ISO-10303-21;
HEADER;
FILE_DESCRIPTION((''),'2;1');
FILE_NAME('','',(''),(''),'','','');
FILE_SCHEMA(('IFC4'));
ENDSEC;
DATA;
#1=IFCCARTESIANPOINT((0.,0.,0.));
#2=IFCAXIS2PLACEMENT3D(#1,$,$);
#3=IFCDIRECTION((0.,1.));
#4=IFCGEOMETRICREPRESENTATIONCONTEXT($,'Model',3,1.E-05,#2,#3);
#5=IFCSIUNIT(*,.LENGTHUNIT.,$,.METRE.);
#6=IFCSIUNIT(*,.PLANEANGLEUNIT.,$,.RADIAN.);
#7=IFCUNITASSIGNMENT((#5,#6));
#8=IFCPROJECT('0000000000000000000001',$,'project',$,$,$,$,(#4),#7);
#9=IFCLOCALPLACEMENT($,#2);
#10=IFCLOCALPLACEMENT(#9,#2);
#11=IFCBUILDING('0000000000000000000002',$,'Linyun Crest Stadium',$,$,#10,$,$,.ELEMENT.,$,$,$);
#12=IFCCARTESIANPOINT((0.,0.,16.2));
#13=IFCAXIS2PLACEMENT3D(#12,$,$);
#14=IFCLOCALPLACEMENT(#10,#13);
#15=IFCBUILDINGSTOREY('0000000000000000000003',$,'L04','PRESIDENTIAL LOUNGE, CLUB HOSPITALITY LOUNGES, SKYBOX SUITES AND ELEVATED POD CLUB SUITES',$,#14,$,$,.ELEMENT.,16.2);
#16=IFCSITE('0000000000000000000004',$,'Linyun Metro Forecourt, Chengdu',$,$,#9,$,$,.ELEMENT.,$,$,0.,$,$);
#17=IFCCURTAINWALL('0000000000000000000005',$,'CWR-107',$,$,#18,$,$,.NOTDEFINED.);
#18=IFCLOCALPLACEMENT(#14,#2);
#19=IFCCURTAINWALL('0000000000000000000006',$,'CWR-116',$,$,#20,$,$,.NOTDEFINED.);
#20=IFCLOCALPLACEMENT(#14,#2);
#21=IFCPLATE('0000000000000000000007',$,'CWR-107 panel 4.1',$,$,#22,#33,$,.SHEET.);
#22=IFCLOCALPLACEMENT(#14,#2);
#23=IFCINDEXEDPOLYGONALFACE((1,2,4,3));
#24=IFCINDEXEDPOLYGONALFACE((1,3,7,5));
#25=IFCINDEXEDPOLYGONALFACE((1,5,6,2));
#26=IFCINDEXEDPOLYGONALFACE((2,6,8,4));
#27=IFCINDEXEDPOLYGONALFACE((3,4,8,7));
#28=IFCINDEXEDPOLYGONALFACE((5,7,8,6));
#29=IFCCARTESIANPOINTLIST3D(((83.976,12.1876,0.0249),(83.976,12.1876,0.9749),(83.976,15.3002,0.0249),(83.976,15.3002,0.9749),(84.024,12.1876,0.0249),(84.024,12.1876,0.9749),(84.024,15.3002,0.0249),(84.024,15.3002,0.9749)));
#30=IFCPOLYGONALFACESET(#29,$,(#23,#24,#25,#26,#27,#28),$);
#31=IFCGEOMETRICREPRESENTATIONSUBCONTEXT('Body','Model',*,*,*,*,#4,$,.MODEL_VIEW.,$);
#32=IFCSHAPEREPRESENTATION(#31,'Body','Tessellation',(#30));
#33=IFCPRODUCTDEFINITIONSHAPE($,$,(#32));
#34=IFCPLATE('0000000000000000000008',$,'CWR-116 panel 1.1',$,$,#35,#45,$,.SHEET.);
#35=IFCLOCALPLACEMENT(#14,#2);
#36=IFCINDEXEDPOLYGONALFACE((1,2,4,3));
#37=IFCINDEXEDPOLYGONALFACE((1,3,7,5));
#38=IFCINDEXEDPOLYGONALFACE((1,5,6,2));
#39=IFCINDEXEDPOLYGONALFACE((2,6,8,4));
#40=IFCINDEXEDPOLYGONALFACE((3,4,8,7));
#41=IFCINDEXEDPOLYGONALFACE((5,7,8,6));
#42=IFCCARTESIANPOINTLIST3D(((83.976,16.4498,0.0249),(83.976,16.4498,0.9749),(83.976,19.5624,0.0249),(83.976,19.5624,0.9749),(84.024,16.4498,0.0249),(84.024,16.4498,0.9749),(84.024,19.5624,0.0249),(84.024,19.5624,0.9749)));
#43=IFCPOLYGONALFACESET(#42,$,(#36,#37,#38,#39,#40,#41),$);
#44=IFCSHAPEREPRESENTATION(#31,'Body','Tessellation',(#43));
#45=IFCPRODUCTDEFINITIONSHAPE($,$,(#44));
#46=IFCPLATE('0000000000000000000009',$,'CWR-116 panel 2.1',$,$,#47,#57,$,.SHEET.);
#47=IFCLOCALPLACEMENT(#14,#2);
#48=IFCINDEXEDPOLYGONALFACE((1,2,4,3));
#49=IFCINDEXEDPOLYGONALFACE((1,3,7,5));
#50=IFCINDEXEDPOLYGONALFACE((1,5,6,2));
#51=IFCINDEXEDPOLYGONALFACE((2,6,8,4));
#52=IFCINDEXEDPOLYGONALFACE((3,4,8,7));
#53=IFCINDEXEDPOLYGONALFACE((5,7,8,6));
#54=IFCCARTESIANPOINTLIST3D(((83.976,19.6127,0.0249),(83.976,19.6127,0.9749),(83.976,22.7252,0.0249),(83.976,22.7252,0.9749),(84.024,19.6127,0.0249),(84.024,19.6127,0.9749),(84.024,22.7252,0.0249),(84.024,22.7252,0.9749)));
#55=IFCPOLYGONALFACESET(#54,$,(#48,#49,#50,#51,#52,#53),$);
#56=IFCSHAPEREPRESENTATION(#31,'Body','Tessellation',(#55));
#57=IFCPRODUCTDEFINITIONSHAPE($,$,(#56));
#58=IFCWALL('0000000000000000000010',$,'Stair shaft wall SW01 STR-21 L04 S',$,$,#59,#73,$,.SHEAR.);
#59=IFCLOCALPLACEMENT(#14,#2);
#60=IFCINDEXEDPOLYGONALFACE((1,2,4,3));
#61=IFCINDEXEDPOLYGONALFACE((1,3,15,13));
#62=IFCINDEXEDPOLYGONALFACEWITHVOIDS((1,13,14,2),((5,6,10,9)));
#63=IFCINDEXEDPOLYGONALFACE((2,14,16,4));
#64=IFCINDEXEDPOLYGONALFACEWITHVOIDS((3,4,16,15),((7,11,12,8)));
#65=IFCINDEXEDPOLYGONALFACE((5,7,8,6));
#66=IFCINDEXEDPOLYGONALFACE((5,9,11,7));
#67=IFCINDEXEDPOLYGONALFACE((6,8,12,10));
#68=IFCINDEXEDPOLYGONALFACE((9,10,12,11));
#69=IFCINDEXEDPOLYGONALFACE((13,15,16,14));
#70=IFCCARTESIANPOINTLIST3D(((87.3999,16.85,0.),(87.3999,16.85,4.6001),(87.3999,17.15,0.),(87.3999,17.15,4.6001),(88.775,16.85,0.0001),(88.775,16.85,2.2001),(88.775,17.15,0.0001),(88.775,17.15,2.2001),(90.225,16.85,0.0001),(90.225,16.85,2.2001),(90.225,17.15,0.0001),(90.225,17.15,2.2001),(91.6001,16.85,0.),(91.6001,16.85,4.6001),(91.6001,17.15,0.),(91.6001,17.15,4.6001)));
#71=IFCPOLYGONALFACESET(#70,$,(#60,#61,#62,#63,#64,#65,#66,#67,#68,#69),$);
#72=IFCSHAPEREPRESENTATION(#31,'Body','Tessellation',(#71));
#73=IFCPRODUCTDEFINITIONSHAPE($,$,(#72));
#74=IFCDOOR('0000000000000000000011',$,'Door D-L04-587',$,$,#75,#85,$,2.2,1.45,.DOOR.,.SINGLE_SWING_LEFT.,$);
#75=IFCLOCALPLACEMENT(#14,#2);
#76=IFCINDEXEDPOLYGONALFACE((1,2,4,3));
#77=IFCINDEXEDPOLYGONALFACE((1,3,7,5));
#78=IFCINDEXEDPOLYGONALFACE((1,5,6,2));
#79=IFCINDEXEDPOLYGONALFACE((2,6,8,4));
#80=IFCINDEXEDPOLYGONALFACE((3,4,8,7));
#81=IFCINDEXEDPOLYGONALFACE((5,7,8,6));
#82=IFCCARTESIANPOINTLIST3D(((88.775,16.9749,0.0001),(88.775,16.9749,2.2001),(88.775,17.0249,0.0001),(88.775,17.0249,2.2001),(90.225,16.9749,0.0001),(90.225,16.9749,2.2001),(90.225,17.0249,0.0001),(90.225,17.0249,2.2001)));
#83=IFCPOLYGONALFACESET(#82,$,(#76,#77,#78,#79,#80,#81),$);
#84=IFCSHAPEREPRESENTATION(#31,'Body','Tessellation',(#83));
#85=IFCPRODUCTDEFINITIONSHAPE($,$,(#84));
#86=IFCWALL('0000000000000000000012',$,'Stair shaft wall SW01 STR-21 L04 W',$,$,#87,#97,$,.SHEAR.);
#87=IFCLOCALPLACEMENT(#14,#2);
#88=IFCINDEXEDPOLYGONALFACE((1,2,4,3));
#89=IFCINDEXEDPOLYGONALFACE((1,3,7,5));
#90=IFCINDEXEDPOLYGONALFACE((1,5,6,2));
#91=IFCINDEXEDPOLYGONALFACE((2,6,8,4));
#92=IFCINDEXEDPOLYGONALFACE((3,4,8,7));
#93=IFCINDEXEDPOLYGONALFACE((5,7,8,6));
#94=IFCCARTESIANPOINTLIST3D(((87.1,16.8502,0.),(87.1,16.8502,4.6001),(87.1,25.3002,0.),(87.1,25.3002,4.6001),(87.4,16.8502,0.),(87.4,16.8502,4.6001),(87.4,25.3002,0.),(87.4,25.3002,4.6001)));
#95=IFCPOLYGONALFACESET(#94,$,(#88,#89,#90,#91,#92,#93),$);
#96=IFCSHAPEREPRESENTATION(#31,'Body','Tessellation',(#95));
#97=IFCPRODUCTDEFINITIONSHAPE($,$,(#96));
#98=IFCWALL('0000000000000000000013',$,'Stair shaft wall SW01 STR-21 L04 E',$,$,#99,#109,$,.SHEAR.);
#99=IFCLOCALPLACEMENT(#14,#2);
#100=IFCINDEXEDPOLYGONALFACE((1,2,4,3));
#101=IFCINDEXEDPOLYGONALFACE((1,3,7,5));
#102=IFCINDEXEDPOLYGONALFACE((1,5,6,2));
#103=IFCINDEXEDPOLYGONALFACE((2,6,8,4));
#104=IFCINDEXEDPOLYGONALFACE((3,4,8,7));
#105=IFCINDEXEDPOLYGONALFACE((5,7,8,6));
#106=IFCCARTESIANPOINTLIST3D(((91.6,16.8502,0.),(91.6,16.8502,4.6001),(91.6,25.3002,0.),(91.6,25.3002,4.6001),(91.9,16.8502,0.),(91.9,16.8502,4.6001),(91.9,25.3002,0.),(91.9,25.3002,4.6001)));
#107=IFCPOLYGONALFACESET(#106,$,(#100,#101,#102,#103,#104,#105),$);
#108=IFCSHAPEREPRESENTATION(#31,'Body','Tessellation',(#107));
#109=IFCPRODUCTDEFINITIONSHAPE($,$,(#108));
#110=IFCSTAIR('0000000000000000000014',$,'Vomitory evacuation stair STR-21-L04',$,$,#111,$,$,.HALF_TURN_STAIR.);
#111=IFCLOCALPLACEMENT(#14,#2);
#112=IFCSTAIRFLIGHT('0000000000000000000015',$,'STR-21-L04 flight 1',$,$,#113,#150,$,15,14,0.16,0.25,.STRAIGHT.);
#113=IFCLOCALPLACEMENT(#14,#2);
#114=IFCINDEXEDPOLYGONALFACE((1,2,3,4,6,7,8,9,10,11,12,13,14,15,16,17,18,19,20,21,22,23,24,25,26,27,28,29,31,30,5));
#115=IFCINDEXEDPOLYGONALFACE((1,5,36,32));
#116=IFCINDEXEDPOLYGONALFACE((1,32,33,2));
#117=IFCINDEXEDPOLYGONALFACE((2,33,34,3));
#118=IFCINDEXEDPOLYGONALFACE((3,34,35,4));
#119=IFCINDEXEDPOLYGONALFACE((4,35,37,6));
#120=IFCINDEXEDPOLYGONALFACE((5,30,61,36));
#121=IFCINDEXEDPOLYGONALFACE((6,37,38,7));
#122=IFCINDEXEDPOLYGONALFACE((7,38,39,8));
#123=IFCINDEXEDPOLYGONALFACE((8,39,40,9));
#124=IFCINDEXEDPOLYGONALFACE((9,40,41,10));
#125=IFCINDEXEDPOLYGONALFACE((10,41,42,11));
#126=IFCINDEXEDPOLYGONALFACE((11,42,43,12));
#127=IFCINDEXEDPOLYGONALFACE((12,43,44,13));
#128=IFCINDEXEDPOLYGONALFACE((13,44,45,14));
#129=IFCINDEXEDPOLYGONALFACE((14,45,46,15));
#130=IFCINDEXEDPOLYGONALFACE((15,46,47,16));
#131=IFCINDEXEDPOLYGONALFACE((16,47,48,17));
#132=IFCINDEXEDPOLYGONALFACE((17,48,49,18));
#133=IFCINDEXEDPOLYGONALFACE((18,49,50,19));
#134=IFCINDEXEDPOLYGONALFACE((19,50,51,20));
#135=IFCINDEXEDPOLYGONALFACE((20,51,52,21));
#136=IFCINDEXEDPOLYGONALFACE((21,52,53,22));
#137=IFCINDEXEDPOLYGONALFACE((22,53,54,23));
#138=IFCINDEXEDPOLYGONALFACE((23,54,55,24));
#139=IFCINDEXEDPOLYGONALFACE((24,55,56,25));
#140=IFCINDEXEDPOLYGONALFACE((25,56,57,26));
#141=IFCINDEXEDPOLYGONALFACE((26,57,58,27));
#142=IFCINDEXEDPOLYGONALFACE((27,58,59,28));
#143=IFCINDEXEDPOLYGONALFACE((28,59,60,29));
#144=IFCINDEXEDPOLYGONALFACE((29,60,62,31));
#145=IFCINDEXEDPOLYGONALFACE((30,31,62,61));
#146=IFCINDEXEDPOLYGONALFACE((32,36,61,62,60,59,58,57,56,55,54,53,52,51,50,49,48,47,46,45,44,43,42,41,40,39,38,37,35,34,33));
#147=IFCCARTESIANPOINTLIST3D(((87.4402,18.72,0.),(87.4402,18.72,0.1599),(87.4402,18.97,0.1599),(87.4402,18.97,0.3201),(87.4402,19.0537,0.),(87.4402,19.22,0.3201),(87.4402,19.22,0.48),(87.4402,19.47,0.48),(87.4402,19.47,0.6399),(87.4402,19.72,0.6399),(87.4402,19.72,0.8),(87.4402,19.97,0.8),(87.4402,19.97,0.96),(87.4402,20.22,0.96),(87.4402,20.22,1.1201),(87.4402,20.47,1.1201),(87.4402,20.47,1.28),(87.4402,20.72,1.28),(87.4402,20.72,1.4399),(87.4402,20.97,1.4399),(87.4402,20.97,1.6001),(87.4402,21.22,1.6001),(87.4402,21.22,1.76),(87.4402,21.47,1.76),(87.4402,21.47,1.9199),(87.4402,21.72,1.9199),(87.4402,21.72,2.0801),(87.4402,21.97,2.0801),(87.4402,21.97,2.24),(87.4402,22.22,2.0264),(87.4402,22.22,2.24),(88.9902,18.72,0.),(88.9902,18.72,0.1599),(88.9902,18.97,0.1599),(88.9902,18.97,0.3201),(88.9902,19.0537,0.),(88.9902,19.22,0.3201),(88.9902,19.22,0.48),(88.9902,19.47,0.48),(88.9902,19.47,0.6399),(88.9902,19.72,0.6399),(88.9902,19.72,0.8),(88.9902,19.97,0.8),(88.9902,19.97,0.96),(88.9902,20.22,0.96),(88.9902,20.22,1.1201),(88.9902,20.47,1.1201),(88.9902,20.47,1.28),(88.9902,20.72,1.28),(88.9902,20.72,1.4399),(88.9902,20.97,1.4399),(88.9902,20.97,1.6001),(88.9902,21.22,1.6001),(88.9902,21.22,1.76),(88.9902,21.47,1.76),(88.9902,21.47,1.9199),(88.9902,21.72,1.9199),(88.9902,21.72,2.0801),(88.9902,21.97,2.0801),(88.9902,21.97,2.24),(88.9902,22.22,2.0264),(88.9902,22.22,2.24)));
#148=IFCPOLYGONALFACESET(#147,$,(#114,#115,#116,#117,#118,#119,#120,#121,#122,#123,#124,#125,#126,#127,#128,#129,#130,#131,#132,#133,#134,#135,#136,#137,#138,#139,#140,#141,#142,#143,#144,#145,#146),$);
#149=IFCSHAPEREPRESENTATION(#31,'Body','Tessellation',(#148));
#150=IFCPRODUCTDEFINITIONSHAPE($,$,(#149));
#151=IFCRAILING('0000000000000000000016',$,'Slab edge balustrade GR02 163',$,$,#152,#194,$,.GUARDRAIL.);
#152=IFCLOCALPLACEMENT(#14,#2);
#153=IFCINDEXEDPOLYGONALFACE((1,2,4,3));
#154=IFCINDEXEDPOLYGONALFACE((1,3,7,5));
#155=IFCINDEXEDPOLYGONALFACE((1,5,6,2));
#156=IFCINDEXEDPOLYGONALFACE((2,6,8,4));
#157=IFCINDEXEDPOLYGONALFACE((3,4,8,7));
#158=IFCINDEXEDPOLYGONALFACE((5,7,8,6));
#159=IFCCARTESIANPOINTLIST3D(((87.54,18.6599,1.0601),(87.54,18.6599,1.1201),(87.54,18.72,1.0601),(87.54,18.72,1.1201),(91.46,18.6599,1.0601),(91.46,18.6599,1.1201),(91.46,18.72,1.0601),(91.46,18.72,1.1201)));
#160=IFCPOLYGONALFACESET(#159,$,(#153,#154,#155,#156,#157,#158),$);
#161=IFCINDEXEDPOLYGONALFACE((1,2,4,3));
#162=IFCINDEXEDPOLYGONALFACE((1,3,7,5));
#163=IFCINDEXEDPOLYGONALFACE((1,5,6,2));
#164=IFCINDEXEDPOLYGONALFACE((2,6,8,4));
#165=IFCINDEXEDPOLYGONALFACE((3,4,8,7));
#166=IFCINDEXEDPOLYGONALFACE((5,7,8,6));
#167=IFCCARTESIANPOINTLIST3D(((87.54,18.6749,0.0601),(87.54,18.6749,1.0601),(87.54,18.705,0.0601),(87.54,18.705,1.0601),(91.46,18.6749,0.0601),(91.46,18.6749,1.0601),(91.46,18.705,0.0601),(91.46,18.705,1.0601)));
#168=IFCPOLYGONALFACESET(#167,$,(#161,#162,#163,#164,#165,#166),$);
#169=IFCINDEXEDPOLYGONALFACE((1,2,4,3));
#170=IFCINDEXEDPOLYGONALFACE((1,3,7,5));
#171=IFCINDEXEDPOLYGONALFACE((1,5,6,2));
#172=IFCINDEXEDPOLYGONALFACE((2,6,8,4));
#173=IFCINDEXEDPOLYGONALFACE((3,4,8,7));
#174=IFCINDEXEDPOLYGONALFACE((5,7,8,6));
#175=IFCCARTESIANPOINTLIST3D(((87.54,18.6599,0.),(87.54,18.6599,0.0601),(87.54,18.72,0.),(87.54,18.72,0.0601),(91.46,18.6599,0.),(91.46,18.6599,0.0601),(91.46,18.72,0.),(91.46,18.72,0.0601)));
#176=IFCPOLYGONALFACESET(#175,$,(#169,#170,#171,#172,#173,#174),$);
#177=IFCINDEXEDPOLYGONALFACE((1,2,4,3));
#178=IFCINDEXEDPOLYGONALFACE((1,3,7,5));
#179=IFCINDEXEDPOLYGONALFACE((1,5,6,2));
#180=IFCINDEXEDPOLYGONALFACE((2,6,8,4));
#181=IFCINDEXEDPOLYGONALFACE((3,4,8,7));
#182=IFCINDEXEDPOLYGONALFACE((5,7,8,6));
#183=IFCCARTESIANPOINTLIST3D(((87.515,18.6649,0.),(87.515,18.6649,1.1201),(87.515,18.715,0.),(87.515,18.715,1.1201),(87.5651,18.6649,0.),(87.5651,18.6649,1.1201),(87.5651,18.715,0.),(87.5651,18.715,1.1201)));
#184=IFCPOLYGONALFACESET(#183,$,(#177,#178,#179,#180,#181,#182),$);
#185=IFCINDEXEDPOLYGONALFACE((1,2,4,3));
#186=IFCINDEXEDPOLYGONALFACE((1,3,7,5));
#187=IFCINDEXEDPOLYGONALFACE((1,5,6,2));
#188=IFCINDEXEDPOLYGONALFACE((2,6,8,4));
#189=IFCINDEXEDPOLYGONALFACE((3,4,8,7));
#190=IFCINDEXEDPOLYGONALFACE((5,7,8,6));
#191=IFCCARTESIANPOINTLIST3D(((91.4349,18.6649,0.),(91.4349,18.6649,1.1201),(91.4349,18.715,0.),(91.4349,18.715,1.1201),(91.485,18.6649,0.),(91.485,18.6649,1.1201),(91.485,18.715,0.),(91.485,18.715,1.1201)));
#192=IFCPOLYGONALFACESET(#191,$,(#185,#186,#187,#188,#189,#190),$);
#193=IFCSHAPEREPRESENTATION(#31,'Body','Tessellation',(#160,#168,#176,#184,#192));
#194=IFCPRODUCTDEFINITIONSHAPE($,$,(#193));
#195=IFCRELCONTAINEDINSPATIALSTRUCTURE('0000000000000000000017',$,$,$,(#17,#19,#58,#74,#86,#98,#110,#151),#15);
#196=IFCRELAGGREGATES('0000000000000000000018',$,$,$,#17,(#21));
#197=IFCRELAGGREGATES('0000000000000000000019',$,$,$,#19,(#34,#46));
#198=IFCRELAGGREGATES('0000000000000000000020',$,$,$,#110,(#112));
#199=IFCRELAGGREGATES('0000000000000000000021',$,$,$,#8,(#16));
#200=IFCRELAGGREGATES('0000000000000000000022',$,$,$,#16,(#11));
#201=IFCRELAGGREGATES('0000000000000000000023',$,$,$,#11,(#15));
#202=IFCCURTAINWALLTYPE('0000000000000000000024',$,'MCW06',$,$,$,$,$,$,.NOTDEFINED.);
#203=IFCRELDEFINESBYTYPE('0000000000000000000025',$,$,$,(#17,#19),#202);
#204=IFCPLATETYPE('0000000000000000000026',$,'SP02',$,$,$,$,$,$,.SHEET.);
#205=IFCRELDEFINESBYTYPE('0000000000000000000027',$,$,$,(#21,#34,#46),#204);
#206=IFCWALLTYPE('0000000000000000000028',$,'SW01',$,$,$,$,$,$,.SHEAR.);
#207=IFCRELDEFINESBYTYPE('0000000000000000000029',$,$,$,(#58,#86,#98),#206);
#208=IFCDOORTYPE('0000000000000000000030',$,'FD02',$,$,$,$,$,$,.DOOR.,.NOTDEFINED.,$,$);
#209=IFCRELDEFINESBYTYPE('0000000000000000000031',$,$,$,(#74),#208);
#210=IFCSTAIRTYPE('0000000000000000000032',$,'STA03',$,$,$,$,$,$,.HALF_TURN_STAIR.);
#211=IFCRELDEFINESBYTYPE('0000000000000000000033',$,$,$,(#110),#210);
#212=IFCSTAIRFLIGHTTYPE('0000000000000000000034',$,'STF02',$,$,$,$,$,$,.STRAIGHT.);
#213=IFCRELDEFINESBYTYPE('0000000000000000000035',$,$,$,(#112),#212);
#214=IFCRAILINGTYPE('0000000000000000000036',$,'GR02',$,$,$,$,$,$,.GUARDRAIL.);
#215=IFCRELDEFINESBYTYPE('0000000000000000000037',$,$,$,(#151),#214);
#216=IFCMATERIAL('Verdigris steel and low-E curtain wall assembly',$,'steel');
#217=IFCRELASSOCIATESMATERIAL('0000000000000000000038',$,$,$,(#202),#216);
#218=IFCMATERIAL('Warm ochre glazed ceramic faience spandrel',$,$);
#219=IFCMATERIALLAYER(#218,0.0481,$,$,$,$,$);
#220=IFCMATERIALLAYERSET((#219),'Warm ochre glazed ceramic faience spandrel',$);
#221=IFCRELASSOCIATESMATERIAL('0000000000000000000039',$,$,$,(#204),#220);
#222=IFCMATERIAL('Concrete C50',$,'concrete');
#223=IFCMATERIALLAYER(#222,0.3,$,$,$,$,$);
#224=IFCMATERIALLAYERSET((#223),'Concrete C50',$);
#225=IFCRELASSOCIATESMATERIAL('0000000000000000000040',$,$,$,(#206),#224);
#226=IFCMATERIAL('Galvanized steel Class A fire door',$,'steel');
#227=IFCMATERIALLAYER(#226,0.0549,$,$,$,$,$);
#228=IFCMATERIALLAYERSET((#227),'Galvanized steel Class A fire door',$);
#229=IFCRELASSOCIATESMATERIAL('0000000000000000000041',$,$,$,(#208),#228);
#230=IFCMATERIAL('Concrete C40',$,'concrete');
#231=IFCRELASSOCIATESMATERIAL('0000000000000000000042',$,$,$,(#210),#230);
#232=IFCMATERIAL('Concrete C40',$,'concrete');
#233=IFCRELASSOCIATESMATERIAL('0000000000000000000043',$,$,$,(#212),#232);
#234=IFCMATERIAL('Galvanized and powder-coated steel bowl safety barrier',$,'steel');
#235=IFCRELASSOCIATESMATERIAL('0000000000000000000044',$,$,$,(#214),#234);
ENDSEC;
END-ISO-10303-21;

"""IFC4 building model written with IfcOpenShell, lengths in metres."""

from ifc_helpers import new_model, si_unit, direction, frame, frame_2d, origin, origin_2d, place, context, subcontext, project, spatial, polyline, rectangle, outline, extrude, material, layer, layer_set, type_object, element, fill, aggregate, save


model = new_model("IFC4")

# Units and contexts
model_context = context("Model", 3, precision=1e-05, world=origin(), true_north=direction((0.0, 1.0)))
body_context = subcontext(model_context, "Body", "Model", "MODEL_VIEW")
ifc_project = project(units=[si_unit("LENGTHUNIT", "METRE"), si_unit("PLANEANGLEUNIT", "RADIAN")], contexts=[model_context])

# Site, building, storey
site_placement = place(None, origin())
site = spatial("IfcSite", under=ifc_project, at=site_placement, Name="Linyun Metro Forecourt, Chengdu", CompositionType="ELEMENT", RefElevation=0.0)
building_placement = place(site_placement, origin())
building = spatial("IfcBuilding", under=site, at=building_placement, Name="Linyun Crest Stadium", CompositionType="ELEMENT")
storey_placement = place(building_placement, frame((0.0, 0.0, 16.2)))
storey = spatial("IfcBuildingStorey", under=building, at=storey_placement, Name="L04", Description="PRESIDENTIAL LOUNGE, CLUB HOSPITALITY LOUNGES, SKYBOX SUITES AND ELEVATED POD CLUB SUITES", CompositionType="ELEMENT", Elevation=16.2)

# Curtain wall
ifc_material_1 = material(Name="Verdigris steel and low-E curtain wall assembly", Category="steel")
curtain_wall_type = type_object("IfcCurtainWallType", Name="MCW06", PredefinedType="NOTDEFINED", material=ifc_material_1)
curtain_wall_1_placement = place(storey_placement, origin())
curtain_wall_1 = element("IfcCurtainWall", 1, at=curtain_wall_1_placement, inside=storey, type_object=curtain_wall_type, Name="CWR-107", PredefinedType="NOTDEFINED")

# Curtain wall
curtain_wall_2_placement = place(storey_placement, origin())
curtain_wall_2 = element("IfcCurtainWall", 2, at=curtain_wall_2_placement, inside=storey, type_object=curtain_wall_type, Name="CWR-116", PredefinedType="NOTDEFINED")

# Plates
ifc_material_2 = material(Name="Warm ochre glazed ceramic faience spandrel")
ifc_layer_1 = layer(ifc_material_2, 0.0481)
ifc_layer_set_1 = layer_set([ifc_layer_1], Name="Warm ochre glazed ceramic faience spandrel")
plate_type_1 = type_object("IfcPlateType", Name="SP02", PredefinedType="SHEET", material=ifc_layer_set_1)
plate_1_placement = place(storey_placement, frame((84.0, 13.7439, 0.0249), z_axis=(0.0, 0.0, 1.0), x_axis=(0.0, 1.0, 0.0)))
plate_1 = element("IfcPlate", 3, at=plate_1_placement, type_object=plate_type_1, Name="CWR-107 panel 4.1", PredefinedType="SHEET", context=body_context, shape_type="SweptSolid", body=[
    extrude(rectangle(XDim=3.1125, YDim=0.0481, at=origin_2d()), origin(), (0.0, 0.0, 1.0), 0.95),
])
aggregate(curtain_wall_1, [plate_1])
plate_2_placement = place(storey_placement, frame((84.0, 18.0061, 0.0249), z_axis=(0.0, 0.0, 1.0), x_axis=(0.0, 1.0, 0.0)))
plate_2 = element("IfcPlate", 4, at=plate_2_placement, type_object=plate_type_1, Name="CWR-116 panel 1.1", PredefinedType="SHEET", context=body_context, shape_type="SweptSolid", body=[
    extrude(rectangle(XDim=3.1125, YDim=0.0481, at=origin_2d()), origin(), (0.0, 0.0, 1.0), 0.95),
])
plate_3_placement = place(storey_placement, frame((84.0, 21.1689, 0.0249), z_axis=(0.0, 0.0, 1.0), x_axis=(0.0, 1.0, 0.0)))
plate_3 = element("IfcPlate", 5, at=plate_3_placement, type_object=plate_type_1, Name="CWR-116 panel 2.1", PredefinedType="SHEET", context=body_context, shape_type="SweptSolid", body=[
    extrude(rectangle(XDim=3.1125, YDim=0.0481, at=origin_2d()), origin(), (0.0, 0.0, 1.0), 0.95),
])
aggregate(curtain_wall_2, [plate_2, plate_3])

# Wall, opening, door
ifc_material_3 = material(Name="Concrete C50", Category="concrete")
ifc_layer_2 = layer(ifc_material_3, 0.3)
ifc_layer_set_2 = layer_set([ifc_layer_2], Name="Concrete C50")
wall_type = type_object("IfcWallType", Name="SW01", PredefinedType="SHEAR", material=ifc_layer_set_2)
wall_placement = place(storey_placement, frame((87.3999, 17.0, 0.0), z_axis=(0.0, 0.0, 1.0), x_axis=(1.0, 0.0, 0.0)))
wall = element("IfcWall", 6, at=wall_placement, inside=storey, type_object=wall_type, Name="Stair shaft wall SW01 STR-21 L04 S", PredefinedType="SHEAR", context=body_context, shape_type="SweptSolid", body=[
    extrude(rectangle(XDim=4.2002, YDim=0.3, at=frame_2d((2.1001, 0.0))), origin(), (0.0, 0.0, 1.0), 4.6001),
])
opening_placement = place(wall_placement, frame((1.375, 0.0, 0.0)))
opening = element("IfcOpeningElement", 7, at=opening_placement, cuts=wall, PredefinedType="OPENING", context=body_context, shape_type="SweptSolid", body=[
    extrude(rectangle(XDim=1.45, YDim=2.2, at=frame_2d((0.7251, 1.1001))), frame((0.0, 0.1599, 0.0), z_axis=(0.0, -1.0, 0.0), x_axis=(1.0, 0.0, 0.0)), (0.0, 0.0, 1.0), 0.3201),
])
ifc_material_4 = material(Name="Galvanized steel Class A fire door", Category="steel")
ifc_layer_3 = layer(ifc_material_4, 0.0549)
ifc_layer_set_3 = layer_set([ifc_layer_3], Name="Galvanized steel Class A fire door")
door_type = type_object("IfcDoorType", Name="FD02", OperationType="NOTDEFINED", PredefinedType="DOOR", material=ifc_layer_set_3)
door_placement = place(opening_placement, origin())
door = element("IfcDoor", 8, at=door_placement, inside=storey, type_object=door_type, Name="Door D-L04-587", OperationType="SINGLE_SWING_LEFT", OverallHeight=2.2, OverallWidth=1.45, PredefinedType="DOOR", context=body_context, shape_type="SweptSolid", body=[
    extrude(rectangle(XDim=1.45, YDim=2.2, at=frame_2d((0.7251, 1.1001))), frame((0.0, 0.0249, 0.0), z_axis=(0.0, -1.0, 0.0), x_axis=(1.0, 0.0, 0.0)), (0.0, 0.0, 1.0), 0.05),
])
fill(opening, door)

# Walls
for number, where, z_axis, x_axis, name in (
    (9, (87.25, 16.8501, 0.0), (0.0, 0.0, 1.0), (0.0, 1.0, 0.0), "Stair shaft wall SW01 STR-21 L04 W"),
    (10, (91.75, 16.8501, 0.0), (0.0, 0.0, 1.0), (0.0, 1.0, 0.0), "Stair shaft wall SW01 STR-21 L04 E"),
):
    element("IfcWall", number, at=place(storey_placement, frame(where, z_axis=z_axis, x_axis=x_axis)), inside=storey, type_object=wall_type, Name=name, PredefinedType="SHEAR", context=body_context, shape_type="SweptSolid", body=[
        extrude(rectangle(XDim=8.45, YDim=0.3, at=frame_2d((4.2251, 0.0))), origin(), (0.0, 0.0, 1.0), 4.6001),
    ])

# Stair, stair flight
ifc_material_5 = material(Name="Concrete C40", Category="concrete")
stair_type = type_object("IfcStairType", Name="STA03", PredefinedType="HALF_TURN_STAIR", material=ifc_material_5)
stair_placement = place(storey_placement, origin())
stair = element("IfcStair", 11, at=stair_placement, inside=storey, type_object=stair_type, Name="Vomitory evacuation stair STR-21-L04", PredefinedType="HALF_TURN_STAIR")
ifc_material_6 = material(Name="Concrete C40", Category="concrete")
stair_flight_type = type_object("IfcStairFlightType", Name="STF02", PredefinedType="STRAIGHT", material=ifc_material_6)
stair_flight_placement = place(storey_placement, frame((88.2151, 18.72, 0.0), z_axis=(0.0, 0.0, 1.0), x_axis=(0.0, 1.0, 0.0)))
stair_flight = element("IfcStairFlight", 12, at=stair_flight_placement, type_object=stair_flight_type, Name="STR-21-L04 flight 1", NumberOfRisers=15, NumberOfTreads=14, PredefinedType="STRAIGHT", RiserHeight=0.16, TreadLength=0.25, context=body_context, shape_type="SweptSolid", body=[
    extrude(outline(polyline([(0.0, 0.0), (0.0, 0.1599), (0.25, 0.1599), (0.25, 0.3201), (0.5, 0.3201), (0.5, 0.48), (0.75, 0.48), (0.75, 0.6399), (1.0, 0.6399), (1.0, 0.8), (1.25, 0.8), (1.25, 0.96), (1.5, 0.96), (1.5, 1.1201), (1.75, 1.1201), (1.75, 1.28), (2.0, 1.28), (2.0, 1.4399), (2.25, 1.4399), (2.25, 1.6001), (2.5, 1.6001), (2.5, 1.76), (2.75, 1.76), (2.75, 1.9199), (3.0, 1.9199), (3.0, 2.0801), (3.25, 2.0801), (3.25, 2.24), (3.5, 2.24), (3.5, 2.3999), (3.5, 2.0264), (0.3337, 0.0), (0.0, 0.0)])), frame((0.0, 0.7749, 0.0), z_axis=(0.0, -1.0, 0.0), x_axis=(1.0, 0.0, 0.0)), (0.0, 0.0, 1.0), 1.55),
])
aggregate(stair, [stair_flight])

# Railing
ifc_material_7 = material(Name="Galvanized and powder-coated steel bowl safety barrier", Category="steel")
railing_type_1 = type_object("IfcRailingType", Name="GR02", PredefinedType="GUARDRAIL", material=ifc_material_7)
railing_1_placement = place(storey_placement, frame((87.54, 18.6899, 0.0)))
element("IfcRailing", 13, at=railing_1_placement, inside=storey, type_object=railing_type_1, Name="Slab edge balustrade GR02 163", PredefinedType="GUARDRAIL", context=body_context, shape_type="SweptSolid", body=[
    extrude(rectangle(XDim=0.0601, YDim=0.0601, at=origin_2d()), frame((0.0, 0.0, 1.0901), z_axis=(1.0, 0.0, 0.0), x_axis=(0.0, 1.0, 0.0)), (0.0, 0.0, 1.0), 3.9199),
    extrude(rectangle(XDim=0.03, YDim=1.0, at=origin_2d()), frame((0.0, 0.0, 0.5601), z_axis=(1.0, 0.0, 0.0), x_axis=(0.0, 1.0, 0.0)), (0.0, 0.0, 1.0), 3.9199),
    extrude(rectangle(XDim=0.0601, YDim=0.0601, at=origin_2d()), frame((0.0, 0.0, 0.03), z_axis=(1.0, 0.0, 0.0), x_axis=(0.0, 1.0, 0.0)), (0.0, 0.0, 1.0), 3.9199),
    extrude(rectangle(XDim=0.05, YDim=0.05, at=origin_2d()), origin(), (0.0, 0.0, 1.0), 1.1201),
    extrude(rectangle(XDim=0.05, YDim=0.05, at=origin_2d()), frame((3.9199, 0.0, 0.0)), (0.0, 0.0, 1.0), 1.1201),
])

save(model, "model.ifc")
